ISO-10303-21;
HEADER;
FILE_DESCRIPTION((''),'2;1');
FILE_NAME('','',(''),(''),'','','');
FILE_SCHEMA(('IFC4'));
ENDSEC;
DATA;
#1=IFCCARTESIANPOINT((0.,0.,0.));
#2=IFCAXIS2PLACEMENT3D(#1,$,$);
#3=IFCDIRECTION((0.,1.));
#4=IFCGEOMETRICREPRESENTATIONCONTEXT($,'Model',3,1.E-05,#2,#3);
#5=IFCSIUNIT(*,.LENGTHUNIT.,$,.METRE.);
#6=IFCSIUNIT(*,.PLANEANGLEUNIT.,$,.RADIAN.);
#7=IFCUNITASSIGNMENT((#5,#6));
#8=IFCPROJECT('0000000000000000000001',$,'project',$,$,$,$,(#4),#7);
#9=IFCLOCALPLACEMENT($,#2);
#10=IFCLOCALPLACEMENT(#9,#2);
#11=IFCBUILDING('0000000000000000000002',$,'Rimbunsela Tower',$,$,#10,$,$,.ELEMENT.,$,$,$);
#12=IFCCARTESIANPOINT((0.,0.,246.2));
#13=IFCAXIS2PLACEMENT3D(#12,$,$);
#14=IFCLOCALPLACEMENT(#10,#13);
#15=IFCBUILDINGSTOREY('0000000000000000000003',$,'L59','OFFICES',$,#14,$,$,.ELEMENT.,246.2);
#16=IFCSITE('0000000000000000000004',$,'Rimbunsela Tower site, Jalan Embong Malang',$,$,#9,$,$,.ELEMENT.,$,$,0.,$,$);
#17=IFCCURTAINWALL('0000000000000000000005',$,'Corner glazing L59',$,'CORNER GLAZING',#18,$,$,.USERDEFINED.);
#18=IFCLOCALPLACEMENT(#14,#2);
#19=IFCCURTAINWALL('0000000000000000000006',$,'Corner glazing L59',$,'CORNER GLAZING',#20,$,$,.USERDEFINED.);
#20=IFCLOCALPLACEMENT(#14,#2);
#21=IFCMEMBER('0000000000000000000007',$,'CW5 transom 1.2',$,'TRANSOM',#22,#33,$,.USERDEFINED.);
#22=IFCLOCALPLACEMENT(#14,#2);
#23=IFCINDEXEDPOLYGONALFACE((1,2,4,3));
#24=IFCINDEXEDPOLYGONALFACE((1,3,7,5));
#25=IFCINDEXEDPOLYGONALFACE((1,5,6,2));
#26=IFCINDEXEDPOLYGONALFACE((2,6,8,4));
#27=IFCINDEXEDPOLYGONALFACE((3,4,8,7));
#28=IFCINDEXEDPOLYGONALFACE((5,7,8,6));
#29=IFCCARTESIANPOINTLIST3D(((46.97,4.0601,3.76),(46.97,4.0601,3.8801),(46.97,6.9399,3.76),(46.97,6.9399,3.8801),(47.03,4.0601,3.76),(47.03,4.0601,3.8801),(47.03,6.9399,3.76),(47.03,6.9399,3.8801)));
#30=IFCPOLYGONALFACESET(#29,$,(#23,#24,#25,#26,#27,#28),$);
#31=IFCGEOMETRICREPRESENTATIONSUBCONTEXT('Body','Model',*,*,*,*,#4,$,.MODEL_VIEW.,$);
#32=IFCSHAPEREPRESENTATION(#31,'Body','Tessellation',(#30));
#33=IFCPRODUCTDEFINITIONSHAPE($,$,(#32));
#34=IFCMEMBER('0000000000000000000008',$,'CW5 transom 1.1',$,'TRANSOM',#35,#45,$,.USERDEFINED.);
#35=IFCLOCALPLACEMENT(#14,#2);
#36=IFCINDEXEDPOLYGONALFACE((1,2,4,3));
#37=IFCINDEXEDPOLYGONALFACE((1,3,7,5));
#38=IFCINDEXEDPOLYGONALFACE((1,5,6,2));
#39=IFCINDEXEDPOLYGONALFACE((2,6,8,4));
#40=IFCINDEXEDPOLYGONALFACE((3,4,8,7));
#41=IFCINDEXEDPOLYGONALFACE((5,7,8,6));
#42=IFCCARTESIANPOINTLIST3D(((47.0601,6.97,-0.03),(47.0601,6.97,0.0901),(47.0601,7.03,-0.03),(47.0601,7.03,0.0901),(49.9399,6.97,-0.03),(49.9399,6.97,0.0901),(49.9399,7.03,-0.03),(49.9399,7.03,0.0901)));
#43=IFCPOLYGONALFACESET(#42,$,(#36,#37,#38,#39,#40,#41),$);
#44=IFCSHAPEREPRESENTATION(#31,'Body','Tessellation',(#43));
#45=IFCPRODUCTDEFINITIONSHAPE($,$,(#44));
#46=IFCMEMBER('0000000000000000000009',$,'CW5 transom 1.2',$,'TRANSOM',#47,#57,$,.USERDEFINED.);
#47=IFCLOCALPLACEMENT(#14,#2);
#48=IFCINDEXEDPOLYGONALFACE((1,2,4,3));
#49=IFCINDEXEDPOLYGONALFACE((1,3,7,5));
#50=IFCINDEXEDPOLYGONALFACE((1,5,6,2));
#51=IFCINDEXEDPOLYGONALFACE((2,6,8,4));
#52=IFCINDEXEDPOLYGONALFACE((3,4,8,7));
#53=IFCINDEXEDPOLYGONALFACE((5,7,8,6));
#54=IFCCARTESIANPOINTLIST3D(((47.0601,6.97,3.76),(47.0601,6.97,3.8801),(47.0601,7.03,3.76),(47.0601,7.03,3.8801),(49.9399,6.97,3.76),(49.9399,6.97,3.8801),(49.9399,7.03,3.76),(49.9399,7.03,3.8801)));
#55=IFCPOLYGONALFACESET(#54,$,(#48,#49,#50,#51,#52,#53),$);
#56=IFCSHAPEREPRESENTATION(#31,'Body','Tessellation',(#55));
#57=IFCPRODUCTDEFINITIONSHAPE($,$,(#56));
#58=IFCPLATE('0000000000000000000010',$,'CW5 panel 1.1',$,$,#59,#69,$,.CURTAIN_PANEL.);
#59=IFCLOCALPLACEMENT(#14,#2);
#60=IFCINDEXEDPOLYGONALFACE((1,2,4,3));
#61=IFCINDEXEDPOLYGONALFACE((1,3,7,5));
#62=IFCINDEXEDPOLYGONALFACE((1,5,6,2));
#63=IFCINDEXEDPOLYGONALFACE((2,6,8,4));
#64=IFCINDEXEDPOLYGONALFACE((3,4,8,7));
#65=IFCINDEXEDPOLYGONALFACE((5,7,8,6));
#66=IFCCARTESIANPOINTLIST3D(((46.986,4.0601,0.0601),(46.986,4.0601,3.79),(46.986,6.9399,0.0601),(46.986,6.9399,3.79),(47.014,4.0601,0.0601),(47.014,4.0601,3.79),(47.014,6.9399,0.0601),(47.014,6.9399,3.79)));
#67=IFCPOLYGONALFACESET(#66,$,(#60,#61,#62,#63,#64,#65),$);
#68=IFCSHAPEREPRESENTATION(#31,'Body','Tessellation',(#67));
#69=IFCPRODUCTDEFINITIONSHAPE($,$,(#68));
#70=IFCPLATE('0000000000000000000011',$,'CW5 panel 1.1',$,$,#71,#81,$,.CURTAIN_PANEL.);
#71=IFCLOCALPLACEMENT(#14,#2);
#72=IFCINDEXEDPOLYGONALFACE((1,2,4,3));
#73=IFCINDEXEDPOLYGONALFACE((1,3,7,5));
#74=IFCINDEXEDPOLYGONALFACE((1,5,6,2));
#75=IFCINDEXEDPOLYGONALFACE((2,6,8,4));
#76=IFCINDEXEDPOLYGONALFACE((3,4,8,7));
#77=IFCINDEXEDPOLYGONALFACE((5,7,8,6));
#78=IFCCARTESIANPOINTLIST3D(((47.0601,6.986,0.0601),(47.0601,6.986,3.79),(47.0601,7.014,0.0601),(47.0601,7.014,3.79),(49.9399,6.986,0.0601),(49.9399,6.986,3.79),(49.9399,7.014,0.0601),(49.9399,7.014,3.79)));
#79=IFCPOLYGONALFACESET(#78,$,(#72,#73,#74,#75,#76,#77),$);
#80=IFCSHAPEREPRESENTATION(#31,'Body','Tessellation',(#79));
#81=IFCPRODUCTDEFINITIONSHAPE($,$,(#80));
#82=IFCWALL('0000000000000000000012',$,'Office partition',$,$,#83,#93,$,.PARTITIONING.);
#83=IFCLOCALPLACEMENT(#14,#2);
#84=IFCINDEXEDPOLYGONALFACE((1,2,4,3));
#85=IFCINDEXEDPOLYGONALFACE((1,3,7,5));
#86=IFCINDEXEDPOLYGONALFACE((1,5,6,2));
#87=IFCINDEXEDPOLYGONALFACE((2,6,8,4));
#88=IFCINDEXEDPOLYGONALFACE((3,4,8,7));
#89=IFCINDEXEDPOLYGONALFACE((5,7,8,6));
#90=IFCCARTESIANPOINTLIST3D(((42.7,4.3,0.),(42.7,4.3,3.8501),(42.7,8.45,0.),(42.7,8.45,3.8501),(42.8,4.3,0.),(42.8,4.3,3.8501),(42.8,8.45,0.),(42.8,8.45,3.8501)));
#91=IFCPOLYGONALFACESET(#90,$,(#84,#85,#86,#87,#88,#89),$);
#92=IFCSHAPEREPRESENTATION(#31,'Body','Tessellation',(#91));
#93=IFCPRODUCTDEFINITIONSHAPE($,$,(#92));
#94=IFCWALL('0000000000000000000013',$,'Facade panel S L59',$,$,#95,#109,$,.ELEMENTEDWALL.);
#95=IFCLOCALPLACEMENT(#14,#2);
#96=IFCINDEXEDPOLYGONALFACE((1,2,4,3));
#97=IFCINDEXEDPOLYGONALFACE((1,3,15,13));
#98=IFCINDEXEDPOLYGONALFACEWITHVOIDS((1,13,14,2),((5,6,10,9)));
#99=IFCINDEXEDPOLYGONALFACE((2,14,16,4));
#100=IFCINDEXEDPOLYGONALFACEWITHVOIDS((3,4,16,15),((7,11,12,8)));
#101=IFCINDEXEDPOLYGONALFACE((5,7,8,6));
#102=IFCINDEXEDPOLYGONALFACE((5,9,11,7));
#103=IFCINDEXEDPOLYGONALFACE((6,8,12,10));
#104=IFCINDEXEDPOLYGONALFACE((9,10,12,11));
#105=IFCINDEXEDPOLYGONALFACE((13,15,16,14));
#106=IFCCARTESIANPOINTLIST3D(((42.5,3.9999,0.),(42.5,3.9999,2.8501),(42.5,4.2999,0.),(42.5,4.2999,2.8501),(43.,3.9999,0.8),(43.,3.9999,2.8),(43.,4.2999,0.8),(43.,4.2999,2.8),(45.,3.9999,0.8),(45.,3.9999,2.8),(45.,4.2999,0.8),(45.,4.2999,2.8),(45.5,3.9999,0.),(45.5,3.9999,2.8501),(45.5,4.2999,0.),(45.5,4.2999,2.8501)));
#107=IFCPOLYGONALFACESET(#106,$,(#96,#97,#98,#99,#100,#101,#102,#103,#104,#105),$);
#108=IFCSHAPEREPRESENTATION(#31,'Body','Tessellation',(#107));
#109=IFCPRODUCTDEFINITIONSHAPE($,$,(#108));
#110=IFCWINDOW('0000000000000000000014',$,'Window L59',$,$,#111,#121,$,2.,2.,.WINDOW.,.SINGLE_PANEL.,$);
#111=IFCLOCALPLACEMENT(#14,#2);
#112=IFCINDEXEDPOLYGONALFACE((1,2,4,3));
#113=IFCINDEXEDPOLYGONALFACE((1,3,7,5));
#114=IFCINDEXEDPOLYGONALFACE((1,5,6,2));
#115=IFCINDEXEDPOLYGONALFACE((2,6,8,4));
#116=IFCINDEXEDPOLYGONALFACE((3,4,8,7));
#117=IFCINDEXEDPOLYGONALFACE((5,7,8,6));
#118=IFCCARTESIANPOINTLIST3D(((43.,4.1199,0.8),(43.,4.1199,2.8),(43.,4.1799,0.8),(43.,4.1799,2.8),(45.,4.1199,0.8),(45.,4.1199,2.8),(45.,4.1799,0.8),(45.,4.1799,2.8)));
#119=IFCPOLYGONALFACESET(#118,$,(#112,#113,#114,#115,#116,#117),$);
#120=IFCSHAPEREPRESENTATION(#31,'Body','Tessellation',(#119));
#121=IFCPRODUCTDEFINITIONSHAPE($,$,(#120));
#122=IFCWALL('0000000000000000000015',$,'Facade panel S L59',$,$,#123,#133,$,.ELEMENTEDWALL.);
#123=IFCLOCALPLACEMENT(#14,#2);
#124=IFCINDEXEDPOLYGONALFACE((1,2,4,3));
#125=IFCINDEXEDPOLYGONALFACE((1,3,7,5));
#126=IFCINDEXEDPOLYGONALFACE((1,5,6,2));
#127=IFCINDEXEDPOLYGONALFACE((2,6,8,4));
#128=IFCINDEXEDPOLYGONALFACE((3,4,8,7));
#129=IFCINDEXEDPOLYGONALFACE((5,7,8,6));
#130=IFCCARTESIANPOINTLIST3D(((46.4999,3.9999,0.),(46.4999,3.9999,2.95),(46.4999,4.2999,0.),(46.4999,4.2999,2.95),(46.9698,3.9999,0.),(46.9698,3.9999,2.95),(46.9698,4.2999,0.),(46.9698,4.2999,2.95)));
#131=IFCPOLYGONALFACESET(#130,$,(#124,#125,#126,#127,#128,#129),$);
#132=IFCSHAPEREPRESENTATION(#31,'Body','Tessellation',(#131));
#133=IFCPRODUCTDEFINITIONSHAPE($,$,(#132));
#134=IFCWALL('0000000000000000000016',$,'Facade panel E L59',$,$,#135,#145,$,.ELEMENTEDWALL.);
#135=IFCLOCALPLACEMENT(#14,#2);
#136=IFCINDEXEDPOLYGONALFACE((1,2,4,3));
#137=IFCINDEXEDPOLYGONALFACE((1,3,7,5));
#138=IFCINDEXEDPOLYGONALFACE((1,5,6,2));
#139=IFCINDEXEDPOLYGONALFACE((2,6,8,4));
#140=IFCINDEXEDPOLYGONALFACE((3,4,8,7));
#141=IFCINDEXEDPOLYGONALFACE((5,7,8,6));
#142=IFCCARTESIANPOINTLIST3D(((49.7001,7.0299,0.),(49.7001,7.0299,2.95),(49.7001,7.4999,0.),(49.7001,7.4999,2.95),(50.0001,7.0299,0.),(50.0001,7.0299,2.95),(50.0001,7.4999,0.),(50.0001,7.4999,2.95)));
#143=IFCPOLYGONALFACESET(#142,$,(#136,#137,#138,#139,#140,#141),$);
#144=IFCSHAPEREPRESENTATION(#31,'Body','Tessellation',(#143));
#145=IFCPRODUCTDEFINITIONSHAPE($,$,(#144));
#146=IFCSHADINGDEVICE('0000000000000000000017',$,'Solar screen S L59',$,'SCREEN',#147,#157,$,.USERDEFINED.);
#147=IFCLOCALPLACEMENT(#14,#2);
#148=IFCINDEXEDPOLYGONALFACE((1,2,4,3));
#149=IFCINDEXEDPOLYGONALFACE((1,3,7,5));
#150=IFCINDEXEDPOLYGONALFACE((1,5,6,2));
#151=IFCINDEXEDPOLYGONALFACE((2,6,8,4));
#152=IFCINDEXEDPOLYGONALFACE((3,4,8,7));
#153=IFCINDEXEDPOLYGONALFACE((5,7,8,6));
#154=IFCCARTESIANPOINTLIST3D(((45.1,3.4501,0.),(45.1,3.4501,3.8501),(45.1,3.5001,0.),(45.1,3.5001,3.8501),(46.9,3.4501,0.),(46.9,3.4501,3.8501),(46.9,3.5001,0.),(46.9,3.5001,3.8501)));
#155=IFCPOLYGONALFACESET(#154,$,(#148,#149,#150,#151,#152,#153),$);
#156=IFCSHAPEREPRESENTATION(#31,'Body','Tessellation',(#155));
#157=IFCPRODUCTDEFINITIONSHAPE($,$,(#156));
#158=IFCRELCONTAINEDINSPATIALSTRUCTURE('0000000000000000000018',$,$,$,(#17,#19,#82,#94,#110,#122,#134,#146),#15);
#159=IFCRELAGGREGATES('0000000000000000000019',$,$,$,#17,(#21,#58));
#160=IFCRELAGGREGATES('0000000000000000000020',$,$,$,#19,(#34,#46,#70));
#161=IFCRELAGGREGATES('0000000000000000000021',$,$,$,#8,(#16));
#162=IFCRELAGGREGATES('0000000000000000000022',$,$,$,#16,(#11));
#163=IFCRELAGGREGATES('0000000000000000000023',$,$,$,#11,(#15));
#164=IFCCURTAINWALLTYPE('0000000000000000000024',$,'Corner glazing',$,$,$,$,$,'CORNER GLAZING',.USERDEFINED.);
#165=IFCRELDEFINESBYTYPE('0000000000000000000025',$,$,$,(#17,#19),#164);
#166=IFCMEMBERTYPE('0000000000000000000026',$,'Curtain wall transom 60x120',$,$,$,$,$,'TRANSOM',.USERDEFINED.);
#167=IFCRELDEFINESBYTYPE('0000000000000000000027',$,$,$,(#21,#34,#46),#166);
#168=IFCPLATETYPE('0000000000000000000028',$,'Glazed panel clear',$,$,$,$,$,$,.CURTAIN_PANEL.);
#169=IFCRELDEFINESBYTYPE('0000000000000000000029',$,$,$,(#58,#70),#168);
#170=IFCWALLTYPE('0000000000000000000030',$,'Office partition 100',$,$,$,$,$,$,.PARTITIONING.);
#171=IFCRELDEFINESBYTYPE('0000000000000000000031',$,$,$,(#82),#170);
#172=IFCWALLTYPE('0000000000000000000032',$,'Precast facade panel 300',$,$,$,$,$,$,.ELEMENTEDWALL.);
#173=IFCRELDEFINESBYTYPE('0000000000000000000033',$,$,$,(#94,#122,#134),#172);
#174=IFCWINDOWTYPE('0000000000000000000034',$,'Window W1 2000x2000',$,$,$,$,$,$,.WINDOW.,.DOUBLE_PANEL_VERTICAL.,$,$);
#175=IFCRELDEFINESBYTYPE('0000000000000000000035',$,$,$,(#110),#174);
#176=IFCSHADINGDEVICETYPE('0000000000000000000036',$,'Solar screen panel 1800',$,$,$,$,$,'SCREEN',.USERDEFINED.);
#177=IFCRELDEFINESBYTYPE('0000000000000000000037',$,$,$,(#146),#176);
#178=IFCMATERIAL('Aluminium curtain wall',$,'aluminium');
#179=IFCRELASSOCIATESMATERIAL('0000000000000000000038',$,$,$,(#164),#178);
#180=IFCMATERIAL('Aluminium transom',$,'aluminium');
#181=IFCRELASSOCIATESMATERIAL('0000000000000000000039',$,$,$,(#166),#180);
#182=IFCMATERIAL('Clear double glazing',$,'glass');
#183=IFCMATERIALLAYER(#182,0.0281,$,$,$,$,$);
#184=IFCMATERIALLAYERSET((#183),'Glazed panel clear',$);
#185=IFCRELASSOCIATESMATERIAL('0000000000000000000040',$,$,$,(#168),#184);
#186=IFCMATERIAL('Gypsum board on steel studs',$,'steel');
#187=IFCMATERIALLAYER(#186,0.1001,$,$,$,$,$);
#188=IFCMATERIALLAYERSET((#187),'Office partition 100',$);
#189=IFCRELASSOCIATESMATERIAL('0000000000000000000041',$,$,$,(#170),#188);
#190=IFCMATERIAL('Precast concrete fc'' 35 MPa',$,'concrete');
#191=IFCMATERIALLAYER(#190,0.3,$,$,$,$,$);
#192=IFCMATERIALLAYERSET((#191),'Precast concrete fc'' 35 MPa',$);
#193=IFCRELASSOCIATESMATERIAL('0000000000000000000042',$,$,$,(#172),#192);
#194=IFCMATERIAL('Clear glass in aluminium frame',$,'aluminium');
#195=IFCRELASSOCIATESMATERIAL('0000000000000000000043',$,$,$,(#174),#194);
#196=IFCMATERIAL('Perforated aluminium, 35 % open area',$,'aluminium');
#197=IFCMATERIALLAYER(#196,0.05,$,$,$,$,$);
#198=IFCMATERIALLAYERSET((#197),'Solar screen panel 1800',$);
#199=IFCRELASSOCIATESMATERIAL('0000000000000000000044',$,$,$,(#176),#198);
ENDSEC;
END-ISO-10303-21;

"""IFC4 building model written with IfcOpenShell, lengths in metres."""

from ifc_helpers import new_model, si_unit, direction, frame, frame_2d, origin, origin_2d, place, context, subcontext, project, spatial, rectangle, extrude, material, layer, layer_set, material_profile, profile_set, type_object, element, fill, aggregate, save


model = new_model("IFC4")

# Units and contexts
model_context = context("Model", 3, precision=1e-05, world=origin(), true_north=direction((0.0, 1.0)))
body_context = subcontext(model_context, "Body", "Model", "MODEL_VIEW")
ifc_project = project(units=[si_unit("LENGTHUNIT", "METRE"), si_unit("PLANEANGLEUNIT", "RADIAN")], contexts=[model_context])

# Site, building, storey
site_placement = place(None, origin())
site = spatial("IfcSite", under=ifc_project, at=site_placement, Name="Rimbunsela Tower site, Jalan Embong Malang", CompositionType="ELEMENT", RefElevation=0.0)
building_placement = place(site_placement, origin())
building = spatial("IfcBuilding", under=site, at=building_placement, Name="Rimbunsela Tower", CompositionType="ELEMENT")
storey_placement = place(building_placement, frame((0.0, 0.0, 246.2)))
storey = spatial("IfcBuildingStorey", under=building, at=storey_placement, Name="L59", Description="OFFICES", CompositionType="ELEMENT", Elevation=246.2)

# Curtain walls
ifc_material_1 = material(Name="Aluminium curtain wall", Category="aluminium")
curtain_wall_type = type_object("IfcCurtainWallType", Name="Corner glazing", ElementType="CORNER GLAZING", PredefinedType="USERDEFINED", material=ifc_material_1)
curtain_wall_1_placement = place(storey_placement, origin())
curtain_wall_1 = element("IfcCurtainWall", 1, at=curtain_wall_1_placement, inside=storey, type_object=curtain_wall_type, Name="Corner glazing L59", ObjectType="CORNER GLAZING", PredefinedType="USERDEFINED")
curtain_wall_2_placement = place(storey_placement, origin())
curtain_wall_2 = element("IfcCurtainWall", 2, at=curtain_wall_2_placement, inside=storey, type_object=curtain_wall_type, Name="Corner glazing L59", ObjectType="CORNER GLAZING", PredefinedType="USERDEFINED")

# Members
ifc_material_2 = material(Name="Aluminium transom", Category="aluminium")
ifc_material_profile_1 = material_profile(ifc_material_2, rectangle(XDim=0.0601, YDim=0.1201, at=origin_2d()), Name="Transom 60x120")
ifc_profile_set_1 = profile_set([ifc_material_profile_1], Name="Aluminium transom")
member_type_1 = type_object("IfcMemberType", Name="Curtain wall transom 60x120", ElementType="TRANSOM", PredefinedType="USERDEFINED", material=ifc_profile_set_1)
member_1_placement = place(storey_placement, frame((47.0, 4.0601, 3.8201), z_axis=(0.0, 1.0, 0.0), x_axis=(-1.0, 0.0, 0.0)))
member_1 = element("IfcMember", 3, at=member_1_placement, type_object=member_type_1, Name="CW5 transom 1.2", ObjectType="TRANSOM", PredefinedType="USERDEFINED", context=body_context, shape_type="SweptSolid", body=[
    extrude(rectangle(XDim=0.0601, YDim=0.1201, at=origin_2d()), origin(), (0.0, 0.0, 1.0), 2.8799),
])
member_2_placement = place(storey_placement, frame((47.0601, 7.0, 0.03), z_axis=(1.0, 0.0, 0.0), x_axis=(0.0, 1.0, 0.0)))
member_2 = element("IfcMember", 4, at=member_2_placement, type_object=member_type_1, Name="CW5 transom 1.1", ObjectType="TRANSOM", PredefinedType="USERDEFINED", context=body_context, shape_type="SweptSolid", body=[
    extrude(rectangle(XDim=0.0601, YDim=0.1201, at=origin_2d()), origin(), (0.0, 0.0, 1.0), 2.8799),
])
member_3_placement = place(storey_placement, frame((47.0601, 7.0, 3.8201), z_axis=(1.0, 0.0, 0.0), x_axis=(0.0, 1.0, 0.0)))
member_3 = element("IfcMember", 5, at=member_3_placement, type_object=member_type_1, Name="CW5 transom 1.2", ObjectType="TRANSOM", PredefinedType="USERDEFINED", context=body_context, shape_type="SweptSolid", body=[
    extrude(rectangle(XDim=0.0601, YDim=0.1201, at=origin_2d()), origin(), (0.0, 0.0, 1.0), 2.8799),
])

# Plates
ifc_material_3 = material(Name="Clear double glazing", Category="glass")
ifc_layer_1 = layer(ifc_material_3, 0.0281)
ifc_layer_set_1 = layer_set([ifc_layer_1], Name="Glazed panel clear")
plate_type = type_object("IfcPlateType", Name="Glazed panel clear", PredefinedType="CURTAIN_PANEL", material=ifc_layer_set_1)
plate_1_placement = place(storey_placement, frame((47.0, 5.5, 0.0601), z_axis=(0.0, 0.0, 1.0), x_axis=(0.0, 1.0, 0.0)))
plate_1 = element("IfcPlate", 6, at=plate_1_placement, type_object=plate_type, Name="CW5 panel 1.1", PredefinedType="CURTAIN_PANEL", context=body_context, shape_type="SweptSolid", body=[
    extrude(rectangle(XDim=2.8799, YDim=0.0281, at=origin_2d()), origin(), (0.0, 0.0, 1.0), 3.73),
])
aggregate(curtain_wall_1, [member_1, plate_1])
plate_2_placement = place(storey_placement, frame((48.5, 7.0, 0.0601), z_axis=(0.0, 0.0, 1.0), x_axis=(1.0, 0.0, 0.0)))
plate_2 = element("IfcPlate", 7, at=plate_2_placement, type_object=plate_type, Name="CW5 panel 1.1", PredefinedType="CURTAIN_PANEL", context=body_context, shape_type="SweptSolid", body=[
    extrude(rectangle(XDim=2.8799, YDim=0.0281, at=origin_2d()), origin(), (0.0, 0.0, 1.0), 3.73),
])
aggregate(curtain_wall_2, [member_2, member_3, plate_2])

# Wall
ifc_material_4 = material(Name="Gypsum board on steel studs", Category="steel")
ifc_layer_2 = layer(ifc_material_4, 0.1001)
ifc_layer_set_2 = layer_set([ifc_layer_2], Name="Office partition 100")
wall_type_1 = type_object("IfcWallType", Name="Office partition 100", PredefinedType="PARTITIONING", material=ifc_layer_set_2)
wall_1_placement = place(storey_placement, frame((42.75, 4.3, 0.0), z_axis=(0.0, 0.0, 1.0), x_axis=(0.0, 1.0, 0.0)))
element("IfcWall", 8, at=wall_1_placement, inside=storey, type_object=wall_type_1, Name="Office partition", PredefinedType="PARTITIONING", context=body_context, shape_type="SweptSolid", body=[
    extrude(rectangle(XDim=4.1499, YDim=0.1001, at=frame_2d((2.075, 0.0))), origin(), (0.0, 0.0, 1.0), 3.8501),
])

# Wall, opening, window
ifc_material_5 = material(Name="Precast concrete fc' 35 MPa", Category="concrete")
ifc_layer_3 = layer(ifc_material_5, 0.3)
ifc_layer_set_3 = layer_set([ifc_layer_3], Name="Precast concrete fc' 35 MPa")
wall_type_2 = type_object("IfcWallType", Name="Precast facade panel 300", PredefinedType="ELEMENTEDWALL", material=ifc_layer_set_3)
wall_2_placement = place(storey_placement, frame((42.5, 4.1499, 0.0), z_axis=(0.0, 0.0, 1.0), x_axis=(1.0, 0.0, 0.0)))
wall_2 = element("IfcWall", 9, at=wall_2_placement, inside=storey, type_object=wall_type_2, Name="Facade panel S L59", PredefinedType="ELEMENTEDWALL", context=body_context, shape_type="SweptSolid", body=[
    extrude(rectangle(XDim=3.0, YDim=0.3, at=frame_2d((1.5, 0.0))), origin(), (0.0, 0.0, 1.0), 2.8501),
])
opening_placement = place(wall_2_placement, frame((0.5, 0.0, 0.8)))
opening = element("IfcOpeningElement", 10, at=opening_placement, cuts=wall_2, PredefinedType="OPENING", context=body_context, shape_type="SweptSolid", body=[
    extrude(rectangle(XDim=2.0, YDim=2.0, at=frame_2d((1.0, 1.0))), frame((0.0, 0.1599, 0.0), z_axis=(0.0, -1.0, 0.0), x_axis=(1.0, 0.0, 0.0)), (0.0, 0.0, 1.0), 0.3201),
])
ifc_material_6 = material(Name="Clear glass in aluminium frame", Category="aluminium")
window_type = type_object("IfcWindowType", Name="Window W1 2000x2000", PartitioningType="DOUBLE_PANEL_VERTICAL", PredefinedType="WINDOW", material=ifc_material_6)
window_placement = place(opening_placement, origin())
window = element("IfcWindow", 11, at=window_placement, inside=storey, type_object=window_type, Name="Window L59", OverallHeight=2.0, OverallWidth=2.0, PartitioningType="SINGLE_PANEL", PredefinedType="WINDOW", context=body_context, shape_type="SweptSolid", body=[
    extrude(rectangle(XDim=2.0, YDim=2.0, at=frame_2d((1.0, 1.0))), frame((0.0, 0.03, 0.0), z_axis=(0.0, -1.0, 0.0), x_axis=(1.0, 0.0, 0.0)), (0.0, 0.0, 1.0), 0.0601),
])
fill(opening, window)

# Walls
for number, where, z_axis, x_axis, name in (
    (12, (46.5, 4.1499, 0.0), (0.0, 0.0, 1.0), (1.0, 0.0, 0.0), "Facade panel S L59"),
    (13, (49.8501, 7.03, 0.0), (0.0, 0.0, 1.0), (0.0, 1.0, 0.0), "Facade panel E L59"),
):
    element("IfcWall", number, at=place(storey_placement, frame(where, z_axis=z_axis, x_axis=x_axis)), inside=storey, type_object=wall_type_2, Name=name, PredefinedType="ELEMENTEDWALL", context=body_context, shape_type="SweptSolid", body=[
        extrude(rectangle(XDim=0.47, YDim=0.3, at=frame_2d((0.2349, 0.0))), origin(), (0.0, 0.0, 1.0), 2.95),
    ])

# Shading device
ifc_material_7 = material(Name="Perforated aluminium, 35 % open area", Category="aluminium")
ifc_layer_4 = layer(ifc_material_7, 0.05)
ifc_layer_set_4 = layer_set([ifc_layer_4], Name="Solar screen panel 1800")
shading_device_type = type_object("IfcShadingDeviceType", Name="Solar screen panel 1800", ElementType="SCREEN", PredefinedType="USERDEFINED", material=ifc_layer_set_4)
shading_device_placement = place(storey_placement, frame((46.0, 3.4751, 0.0), z_axis=(0.0, 0.0, 1.0), x_axis=(1.0, 0.0, 0.0)))
element("IfcShadingDevice", 14, at=shading_device_placement, inside=storey, type_object=shading_device_type, Name="Solar screen S L59", ObjectType="SCREEN", PredefinedType="USERDEFINED", context=body_context, shape_type="SweptSolid", body=[
    extrude(rectangle(XDim=1.8, YDim=0.05, at=origin_2d()), origin(), (0.0, 0.0, 1.0), 3.8501),
])

save(model, "model.ifc")
